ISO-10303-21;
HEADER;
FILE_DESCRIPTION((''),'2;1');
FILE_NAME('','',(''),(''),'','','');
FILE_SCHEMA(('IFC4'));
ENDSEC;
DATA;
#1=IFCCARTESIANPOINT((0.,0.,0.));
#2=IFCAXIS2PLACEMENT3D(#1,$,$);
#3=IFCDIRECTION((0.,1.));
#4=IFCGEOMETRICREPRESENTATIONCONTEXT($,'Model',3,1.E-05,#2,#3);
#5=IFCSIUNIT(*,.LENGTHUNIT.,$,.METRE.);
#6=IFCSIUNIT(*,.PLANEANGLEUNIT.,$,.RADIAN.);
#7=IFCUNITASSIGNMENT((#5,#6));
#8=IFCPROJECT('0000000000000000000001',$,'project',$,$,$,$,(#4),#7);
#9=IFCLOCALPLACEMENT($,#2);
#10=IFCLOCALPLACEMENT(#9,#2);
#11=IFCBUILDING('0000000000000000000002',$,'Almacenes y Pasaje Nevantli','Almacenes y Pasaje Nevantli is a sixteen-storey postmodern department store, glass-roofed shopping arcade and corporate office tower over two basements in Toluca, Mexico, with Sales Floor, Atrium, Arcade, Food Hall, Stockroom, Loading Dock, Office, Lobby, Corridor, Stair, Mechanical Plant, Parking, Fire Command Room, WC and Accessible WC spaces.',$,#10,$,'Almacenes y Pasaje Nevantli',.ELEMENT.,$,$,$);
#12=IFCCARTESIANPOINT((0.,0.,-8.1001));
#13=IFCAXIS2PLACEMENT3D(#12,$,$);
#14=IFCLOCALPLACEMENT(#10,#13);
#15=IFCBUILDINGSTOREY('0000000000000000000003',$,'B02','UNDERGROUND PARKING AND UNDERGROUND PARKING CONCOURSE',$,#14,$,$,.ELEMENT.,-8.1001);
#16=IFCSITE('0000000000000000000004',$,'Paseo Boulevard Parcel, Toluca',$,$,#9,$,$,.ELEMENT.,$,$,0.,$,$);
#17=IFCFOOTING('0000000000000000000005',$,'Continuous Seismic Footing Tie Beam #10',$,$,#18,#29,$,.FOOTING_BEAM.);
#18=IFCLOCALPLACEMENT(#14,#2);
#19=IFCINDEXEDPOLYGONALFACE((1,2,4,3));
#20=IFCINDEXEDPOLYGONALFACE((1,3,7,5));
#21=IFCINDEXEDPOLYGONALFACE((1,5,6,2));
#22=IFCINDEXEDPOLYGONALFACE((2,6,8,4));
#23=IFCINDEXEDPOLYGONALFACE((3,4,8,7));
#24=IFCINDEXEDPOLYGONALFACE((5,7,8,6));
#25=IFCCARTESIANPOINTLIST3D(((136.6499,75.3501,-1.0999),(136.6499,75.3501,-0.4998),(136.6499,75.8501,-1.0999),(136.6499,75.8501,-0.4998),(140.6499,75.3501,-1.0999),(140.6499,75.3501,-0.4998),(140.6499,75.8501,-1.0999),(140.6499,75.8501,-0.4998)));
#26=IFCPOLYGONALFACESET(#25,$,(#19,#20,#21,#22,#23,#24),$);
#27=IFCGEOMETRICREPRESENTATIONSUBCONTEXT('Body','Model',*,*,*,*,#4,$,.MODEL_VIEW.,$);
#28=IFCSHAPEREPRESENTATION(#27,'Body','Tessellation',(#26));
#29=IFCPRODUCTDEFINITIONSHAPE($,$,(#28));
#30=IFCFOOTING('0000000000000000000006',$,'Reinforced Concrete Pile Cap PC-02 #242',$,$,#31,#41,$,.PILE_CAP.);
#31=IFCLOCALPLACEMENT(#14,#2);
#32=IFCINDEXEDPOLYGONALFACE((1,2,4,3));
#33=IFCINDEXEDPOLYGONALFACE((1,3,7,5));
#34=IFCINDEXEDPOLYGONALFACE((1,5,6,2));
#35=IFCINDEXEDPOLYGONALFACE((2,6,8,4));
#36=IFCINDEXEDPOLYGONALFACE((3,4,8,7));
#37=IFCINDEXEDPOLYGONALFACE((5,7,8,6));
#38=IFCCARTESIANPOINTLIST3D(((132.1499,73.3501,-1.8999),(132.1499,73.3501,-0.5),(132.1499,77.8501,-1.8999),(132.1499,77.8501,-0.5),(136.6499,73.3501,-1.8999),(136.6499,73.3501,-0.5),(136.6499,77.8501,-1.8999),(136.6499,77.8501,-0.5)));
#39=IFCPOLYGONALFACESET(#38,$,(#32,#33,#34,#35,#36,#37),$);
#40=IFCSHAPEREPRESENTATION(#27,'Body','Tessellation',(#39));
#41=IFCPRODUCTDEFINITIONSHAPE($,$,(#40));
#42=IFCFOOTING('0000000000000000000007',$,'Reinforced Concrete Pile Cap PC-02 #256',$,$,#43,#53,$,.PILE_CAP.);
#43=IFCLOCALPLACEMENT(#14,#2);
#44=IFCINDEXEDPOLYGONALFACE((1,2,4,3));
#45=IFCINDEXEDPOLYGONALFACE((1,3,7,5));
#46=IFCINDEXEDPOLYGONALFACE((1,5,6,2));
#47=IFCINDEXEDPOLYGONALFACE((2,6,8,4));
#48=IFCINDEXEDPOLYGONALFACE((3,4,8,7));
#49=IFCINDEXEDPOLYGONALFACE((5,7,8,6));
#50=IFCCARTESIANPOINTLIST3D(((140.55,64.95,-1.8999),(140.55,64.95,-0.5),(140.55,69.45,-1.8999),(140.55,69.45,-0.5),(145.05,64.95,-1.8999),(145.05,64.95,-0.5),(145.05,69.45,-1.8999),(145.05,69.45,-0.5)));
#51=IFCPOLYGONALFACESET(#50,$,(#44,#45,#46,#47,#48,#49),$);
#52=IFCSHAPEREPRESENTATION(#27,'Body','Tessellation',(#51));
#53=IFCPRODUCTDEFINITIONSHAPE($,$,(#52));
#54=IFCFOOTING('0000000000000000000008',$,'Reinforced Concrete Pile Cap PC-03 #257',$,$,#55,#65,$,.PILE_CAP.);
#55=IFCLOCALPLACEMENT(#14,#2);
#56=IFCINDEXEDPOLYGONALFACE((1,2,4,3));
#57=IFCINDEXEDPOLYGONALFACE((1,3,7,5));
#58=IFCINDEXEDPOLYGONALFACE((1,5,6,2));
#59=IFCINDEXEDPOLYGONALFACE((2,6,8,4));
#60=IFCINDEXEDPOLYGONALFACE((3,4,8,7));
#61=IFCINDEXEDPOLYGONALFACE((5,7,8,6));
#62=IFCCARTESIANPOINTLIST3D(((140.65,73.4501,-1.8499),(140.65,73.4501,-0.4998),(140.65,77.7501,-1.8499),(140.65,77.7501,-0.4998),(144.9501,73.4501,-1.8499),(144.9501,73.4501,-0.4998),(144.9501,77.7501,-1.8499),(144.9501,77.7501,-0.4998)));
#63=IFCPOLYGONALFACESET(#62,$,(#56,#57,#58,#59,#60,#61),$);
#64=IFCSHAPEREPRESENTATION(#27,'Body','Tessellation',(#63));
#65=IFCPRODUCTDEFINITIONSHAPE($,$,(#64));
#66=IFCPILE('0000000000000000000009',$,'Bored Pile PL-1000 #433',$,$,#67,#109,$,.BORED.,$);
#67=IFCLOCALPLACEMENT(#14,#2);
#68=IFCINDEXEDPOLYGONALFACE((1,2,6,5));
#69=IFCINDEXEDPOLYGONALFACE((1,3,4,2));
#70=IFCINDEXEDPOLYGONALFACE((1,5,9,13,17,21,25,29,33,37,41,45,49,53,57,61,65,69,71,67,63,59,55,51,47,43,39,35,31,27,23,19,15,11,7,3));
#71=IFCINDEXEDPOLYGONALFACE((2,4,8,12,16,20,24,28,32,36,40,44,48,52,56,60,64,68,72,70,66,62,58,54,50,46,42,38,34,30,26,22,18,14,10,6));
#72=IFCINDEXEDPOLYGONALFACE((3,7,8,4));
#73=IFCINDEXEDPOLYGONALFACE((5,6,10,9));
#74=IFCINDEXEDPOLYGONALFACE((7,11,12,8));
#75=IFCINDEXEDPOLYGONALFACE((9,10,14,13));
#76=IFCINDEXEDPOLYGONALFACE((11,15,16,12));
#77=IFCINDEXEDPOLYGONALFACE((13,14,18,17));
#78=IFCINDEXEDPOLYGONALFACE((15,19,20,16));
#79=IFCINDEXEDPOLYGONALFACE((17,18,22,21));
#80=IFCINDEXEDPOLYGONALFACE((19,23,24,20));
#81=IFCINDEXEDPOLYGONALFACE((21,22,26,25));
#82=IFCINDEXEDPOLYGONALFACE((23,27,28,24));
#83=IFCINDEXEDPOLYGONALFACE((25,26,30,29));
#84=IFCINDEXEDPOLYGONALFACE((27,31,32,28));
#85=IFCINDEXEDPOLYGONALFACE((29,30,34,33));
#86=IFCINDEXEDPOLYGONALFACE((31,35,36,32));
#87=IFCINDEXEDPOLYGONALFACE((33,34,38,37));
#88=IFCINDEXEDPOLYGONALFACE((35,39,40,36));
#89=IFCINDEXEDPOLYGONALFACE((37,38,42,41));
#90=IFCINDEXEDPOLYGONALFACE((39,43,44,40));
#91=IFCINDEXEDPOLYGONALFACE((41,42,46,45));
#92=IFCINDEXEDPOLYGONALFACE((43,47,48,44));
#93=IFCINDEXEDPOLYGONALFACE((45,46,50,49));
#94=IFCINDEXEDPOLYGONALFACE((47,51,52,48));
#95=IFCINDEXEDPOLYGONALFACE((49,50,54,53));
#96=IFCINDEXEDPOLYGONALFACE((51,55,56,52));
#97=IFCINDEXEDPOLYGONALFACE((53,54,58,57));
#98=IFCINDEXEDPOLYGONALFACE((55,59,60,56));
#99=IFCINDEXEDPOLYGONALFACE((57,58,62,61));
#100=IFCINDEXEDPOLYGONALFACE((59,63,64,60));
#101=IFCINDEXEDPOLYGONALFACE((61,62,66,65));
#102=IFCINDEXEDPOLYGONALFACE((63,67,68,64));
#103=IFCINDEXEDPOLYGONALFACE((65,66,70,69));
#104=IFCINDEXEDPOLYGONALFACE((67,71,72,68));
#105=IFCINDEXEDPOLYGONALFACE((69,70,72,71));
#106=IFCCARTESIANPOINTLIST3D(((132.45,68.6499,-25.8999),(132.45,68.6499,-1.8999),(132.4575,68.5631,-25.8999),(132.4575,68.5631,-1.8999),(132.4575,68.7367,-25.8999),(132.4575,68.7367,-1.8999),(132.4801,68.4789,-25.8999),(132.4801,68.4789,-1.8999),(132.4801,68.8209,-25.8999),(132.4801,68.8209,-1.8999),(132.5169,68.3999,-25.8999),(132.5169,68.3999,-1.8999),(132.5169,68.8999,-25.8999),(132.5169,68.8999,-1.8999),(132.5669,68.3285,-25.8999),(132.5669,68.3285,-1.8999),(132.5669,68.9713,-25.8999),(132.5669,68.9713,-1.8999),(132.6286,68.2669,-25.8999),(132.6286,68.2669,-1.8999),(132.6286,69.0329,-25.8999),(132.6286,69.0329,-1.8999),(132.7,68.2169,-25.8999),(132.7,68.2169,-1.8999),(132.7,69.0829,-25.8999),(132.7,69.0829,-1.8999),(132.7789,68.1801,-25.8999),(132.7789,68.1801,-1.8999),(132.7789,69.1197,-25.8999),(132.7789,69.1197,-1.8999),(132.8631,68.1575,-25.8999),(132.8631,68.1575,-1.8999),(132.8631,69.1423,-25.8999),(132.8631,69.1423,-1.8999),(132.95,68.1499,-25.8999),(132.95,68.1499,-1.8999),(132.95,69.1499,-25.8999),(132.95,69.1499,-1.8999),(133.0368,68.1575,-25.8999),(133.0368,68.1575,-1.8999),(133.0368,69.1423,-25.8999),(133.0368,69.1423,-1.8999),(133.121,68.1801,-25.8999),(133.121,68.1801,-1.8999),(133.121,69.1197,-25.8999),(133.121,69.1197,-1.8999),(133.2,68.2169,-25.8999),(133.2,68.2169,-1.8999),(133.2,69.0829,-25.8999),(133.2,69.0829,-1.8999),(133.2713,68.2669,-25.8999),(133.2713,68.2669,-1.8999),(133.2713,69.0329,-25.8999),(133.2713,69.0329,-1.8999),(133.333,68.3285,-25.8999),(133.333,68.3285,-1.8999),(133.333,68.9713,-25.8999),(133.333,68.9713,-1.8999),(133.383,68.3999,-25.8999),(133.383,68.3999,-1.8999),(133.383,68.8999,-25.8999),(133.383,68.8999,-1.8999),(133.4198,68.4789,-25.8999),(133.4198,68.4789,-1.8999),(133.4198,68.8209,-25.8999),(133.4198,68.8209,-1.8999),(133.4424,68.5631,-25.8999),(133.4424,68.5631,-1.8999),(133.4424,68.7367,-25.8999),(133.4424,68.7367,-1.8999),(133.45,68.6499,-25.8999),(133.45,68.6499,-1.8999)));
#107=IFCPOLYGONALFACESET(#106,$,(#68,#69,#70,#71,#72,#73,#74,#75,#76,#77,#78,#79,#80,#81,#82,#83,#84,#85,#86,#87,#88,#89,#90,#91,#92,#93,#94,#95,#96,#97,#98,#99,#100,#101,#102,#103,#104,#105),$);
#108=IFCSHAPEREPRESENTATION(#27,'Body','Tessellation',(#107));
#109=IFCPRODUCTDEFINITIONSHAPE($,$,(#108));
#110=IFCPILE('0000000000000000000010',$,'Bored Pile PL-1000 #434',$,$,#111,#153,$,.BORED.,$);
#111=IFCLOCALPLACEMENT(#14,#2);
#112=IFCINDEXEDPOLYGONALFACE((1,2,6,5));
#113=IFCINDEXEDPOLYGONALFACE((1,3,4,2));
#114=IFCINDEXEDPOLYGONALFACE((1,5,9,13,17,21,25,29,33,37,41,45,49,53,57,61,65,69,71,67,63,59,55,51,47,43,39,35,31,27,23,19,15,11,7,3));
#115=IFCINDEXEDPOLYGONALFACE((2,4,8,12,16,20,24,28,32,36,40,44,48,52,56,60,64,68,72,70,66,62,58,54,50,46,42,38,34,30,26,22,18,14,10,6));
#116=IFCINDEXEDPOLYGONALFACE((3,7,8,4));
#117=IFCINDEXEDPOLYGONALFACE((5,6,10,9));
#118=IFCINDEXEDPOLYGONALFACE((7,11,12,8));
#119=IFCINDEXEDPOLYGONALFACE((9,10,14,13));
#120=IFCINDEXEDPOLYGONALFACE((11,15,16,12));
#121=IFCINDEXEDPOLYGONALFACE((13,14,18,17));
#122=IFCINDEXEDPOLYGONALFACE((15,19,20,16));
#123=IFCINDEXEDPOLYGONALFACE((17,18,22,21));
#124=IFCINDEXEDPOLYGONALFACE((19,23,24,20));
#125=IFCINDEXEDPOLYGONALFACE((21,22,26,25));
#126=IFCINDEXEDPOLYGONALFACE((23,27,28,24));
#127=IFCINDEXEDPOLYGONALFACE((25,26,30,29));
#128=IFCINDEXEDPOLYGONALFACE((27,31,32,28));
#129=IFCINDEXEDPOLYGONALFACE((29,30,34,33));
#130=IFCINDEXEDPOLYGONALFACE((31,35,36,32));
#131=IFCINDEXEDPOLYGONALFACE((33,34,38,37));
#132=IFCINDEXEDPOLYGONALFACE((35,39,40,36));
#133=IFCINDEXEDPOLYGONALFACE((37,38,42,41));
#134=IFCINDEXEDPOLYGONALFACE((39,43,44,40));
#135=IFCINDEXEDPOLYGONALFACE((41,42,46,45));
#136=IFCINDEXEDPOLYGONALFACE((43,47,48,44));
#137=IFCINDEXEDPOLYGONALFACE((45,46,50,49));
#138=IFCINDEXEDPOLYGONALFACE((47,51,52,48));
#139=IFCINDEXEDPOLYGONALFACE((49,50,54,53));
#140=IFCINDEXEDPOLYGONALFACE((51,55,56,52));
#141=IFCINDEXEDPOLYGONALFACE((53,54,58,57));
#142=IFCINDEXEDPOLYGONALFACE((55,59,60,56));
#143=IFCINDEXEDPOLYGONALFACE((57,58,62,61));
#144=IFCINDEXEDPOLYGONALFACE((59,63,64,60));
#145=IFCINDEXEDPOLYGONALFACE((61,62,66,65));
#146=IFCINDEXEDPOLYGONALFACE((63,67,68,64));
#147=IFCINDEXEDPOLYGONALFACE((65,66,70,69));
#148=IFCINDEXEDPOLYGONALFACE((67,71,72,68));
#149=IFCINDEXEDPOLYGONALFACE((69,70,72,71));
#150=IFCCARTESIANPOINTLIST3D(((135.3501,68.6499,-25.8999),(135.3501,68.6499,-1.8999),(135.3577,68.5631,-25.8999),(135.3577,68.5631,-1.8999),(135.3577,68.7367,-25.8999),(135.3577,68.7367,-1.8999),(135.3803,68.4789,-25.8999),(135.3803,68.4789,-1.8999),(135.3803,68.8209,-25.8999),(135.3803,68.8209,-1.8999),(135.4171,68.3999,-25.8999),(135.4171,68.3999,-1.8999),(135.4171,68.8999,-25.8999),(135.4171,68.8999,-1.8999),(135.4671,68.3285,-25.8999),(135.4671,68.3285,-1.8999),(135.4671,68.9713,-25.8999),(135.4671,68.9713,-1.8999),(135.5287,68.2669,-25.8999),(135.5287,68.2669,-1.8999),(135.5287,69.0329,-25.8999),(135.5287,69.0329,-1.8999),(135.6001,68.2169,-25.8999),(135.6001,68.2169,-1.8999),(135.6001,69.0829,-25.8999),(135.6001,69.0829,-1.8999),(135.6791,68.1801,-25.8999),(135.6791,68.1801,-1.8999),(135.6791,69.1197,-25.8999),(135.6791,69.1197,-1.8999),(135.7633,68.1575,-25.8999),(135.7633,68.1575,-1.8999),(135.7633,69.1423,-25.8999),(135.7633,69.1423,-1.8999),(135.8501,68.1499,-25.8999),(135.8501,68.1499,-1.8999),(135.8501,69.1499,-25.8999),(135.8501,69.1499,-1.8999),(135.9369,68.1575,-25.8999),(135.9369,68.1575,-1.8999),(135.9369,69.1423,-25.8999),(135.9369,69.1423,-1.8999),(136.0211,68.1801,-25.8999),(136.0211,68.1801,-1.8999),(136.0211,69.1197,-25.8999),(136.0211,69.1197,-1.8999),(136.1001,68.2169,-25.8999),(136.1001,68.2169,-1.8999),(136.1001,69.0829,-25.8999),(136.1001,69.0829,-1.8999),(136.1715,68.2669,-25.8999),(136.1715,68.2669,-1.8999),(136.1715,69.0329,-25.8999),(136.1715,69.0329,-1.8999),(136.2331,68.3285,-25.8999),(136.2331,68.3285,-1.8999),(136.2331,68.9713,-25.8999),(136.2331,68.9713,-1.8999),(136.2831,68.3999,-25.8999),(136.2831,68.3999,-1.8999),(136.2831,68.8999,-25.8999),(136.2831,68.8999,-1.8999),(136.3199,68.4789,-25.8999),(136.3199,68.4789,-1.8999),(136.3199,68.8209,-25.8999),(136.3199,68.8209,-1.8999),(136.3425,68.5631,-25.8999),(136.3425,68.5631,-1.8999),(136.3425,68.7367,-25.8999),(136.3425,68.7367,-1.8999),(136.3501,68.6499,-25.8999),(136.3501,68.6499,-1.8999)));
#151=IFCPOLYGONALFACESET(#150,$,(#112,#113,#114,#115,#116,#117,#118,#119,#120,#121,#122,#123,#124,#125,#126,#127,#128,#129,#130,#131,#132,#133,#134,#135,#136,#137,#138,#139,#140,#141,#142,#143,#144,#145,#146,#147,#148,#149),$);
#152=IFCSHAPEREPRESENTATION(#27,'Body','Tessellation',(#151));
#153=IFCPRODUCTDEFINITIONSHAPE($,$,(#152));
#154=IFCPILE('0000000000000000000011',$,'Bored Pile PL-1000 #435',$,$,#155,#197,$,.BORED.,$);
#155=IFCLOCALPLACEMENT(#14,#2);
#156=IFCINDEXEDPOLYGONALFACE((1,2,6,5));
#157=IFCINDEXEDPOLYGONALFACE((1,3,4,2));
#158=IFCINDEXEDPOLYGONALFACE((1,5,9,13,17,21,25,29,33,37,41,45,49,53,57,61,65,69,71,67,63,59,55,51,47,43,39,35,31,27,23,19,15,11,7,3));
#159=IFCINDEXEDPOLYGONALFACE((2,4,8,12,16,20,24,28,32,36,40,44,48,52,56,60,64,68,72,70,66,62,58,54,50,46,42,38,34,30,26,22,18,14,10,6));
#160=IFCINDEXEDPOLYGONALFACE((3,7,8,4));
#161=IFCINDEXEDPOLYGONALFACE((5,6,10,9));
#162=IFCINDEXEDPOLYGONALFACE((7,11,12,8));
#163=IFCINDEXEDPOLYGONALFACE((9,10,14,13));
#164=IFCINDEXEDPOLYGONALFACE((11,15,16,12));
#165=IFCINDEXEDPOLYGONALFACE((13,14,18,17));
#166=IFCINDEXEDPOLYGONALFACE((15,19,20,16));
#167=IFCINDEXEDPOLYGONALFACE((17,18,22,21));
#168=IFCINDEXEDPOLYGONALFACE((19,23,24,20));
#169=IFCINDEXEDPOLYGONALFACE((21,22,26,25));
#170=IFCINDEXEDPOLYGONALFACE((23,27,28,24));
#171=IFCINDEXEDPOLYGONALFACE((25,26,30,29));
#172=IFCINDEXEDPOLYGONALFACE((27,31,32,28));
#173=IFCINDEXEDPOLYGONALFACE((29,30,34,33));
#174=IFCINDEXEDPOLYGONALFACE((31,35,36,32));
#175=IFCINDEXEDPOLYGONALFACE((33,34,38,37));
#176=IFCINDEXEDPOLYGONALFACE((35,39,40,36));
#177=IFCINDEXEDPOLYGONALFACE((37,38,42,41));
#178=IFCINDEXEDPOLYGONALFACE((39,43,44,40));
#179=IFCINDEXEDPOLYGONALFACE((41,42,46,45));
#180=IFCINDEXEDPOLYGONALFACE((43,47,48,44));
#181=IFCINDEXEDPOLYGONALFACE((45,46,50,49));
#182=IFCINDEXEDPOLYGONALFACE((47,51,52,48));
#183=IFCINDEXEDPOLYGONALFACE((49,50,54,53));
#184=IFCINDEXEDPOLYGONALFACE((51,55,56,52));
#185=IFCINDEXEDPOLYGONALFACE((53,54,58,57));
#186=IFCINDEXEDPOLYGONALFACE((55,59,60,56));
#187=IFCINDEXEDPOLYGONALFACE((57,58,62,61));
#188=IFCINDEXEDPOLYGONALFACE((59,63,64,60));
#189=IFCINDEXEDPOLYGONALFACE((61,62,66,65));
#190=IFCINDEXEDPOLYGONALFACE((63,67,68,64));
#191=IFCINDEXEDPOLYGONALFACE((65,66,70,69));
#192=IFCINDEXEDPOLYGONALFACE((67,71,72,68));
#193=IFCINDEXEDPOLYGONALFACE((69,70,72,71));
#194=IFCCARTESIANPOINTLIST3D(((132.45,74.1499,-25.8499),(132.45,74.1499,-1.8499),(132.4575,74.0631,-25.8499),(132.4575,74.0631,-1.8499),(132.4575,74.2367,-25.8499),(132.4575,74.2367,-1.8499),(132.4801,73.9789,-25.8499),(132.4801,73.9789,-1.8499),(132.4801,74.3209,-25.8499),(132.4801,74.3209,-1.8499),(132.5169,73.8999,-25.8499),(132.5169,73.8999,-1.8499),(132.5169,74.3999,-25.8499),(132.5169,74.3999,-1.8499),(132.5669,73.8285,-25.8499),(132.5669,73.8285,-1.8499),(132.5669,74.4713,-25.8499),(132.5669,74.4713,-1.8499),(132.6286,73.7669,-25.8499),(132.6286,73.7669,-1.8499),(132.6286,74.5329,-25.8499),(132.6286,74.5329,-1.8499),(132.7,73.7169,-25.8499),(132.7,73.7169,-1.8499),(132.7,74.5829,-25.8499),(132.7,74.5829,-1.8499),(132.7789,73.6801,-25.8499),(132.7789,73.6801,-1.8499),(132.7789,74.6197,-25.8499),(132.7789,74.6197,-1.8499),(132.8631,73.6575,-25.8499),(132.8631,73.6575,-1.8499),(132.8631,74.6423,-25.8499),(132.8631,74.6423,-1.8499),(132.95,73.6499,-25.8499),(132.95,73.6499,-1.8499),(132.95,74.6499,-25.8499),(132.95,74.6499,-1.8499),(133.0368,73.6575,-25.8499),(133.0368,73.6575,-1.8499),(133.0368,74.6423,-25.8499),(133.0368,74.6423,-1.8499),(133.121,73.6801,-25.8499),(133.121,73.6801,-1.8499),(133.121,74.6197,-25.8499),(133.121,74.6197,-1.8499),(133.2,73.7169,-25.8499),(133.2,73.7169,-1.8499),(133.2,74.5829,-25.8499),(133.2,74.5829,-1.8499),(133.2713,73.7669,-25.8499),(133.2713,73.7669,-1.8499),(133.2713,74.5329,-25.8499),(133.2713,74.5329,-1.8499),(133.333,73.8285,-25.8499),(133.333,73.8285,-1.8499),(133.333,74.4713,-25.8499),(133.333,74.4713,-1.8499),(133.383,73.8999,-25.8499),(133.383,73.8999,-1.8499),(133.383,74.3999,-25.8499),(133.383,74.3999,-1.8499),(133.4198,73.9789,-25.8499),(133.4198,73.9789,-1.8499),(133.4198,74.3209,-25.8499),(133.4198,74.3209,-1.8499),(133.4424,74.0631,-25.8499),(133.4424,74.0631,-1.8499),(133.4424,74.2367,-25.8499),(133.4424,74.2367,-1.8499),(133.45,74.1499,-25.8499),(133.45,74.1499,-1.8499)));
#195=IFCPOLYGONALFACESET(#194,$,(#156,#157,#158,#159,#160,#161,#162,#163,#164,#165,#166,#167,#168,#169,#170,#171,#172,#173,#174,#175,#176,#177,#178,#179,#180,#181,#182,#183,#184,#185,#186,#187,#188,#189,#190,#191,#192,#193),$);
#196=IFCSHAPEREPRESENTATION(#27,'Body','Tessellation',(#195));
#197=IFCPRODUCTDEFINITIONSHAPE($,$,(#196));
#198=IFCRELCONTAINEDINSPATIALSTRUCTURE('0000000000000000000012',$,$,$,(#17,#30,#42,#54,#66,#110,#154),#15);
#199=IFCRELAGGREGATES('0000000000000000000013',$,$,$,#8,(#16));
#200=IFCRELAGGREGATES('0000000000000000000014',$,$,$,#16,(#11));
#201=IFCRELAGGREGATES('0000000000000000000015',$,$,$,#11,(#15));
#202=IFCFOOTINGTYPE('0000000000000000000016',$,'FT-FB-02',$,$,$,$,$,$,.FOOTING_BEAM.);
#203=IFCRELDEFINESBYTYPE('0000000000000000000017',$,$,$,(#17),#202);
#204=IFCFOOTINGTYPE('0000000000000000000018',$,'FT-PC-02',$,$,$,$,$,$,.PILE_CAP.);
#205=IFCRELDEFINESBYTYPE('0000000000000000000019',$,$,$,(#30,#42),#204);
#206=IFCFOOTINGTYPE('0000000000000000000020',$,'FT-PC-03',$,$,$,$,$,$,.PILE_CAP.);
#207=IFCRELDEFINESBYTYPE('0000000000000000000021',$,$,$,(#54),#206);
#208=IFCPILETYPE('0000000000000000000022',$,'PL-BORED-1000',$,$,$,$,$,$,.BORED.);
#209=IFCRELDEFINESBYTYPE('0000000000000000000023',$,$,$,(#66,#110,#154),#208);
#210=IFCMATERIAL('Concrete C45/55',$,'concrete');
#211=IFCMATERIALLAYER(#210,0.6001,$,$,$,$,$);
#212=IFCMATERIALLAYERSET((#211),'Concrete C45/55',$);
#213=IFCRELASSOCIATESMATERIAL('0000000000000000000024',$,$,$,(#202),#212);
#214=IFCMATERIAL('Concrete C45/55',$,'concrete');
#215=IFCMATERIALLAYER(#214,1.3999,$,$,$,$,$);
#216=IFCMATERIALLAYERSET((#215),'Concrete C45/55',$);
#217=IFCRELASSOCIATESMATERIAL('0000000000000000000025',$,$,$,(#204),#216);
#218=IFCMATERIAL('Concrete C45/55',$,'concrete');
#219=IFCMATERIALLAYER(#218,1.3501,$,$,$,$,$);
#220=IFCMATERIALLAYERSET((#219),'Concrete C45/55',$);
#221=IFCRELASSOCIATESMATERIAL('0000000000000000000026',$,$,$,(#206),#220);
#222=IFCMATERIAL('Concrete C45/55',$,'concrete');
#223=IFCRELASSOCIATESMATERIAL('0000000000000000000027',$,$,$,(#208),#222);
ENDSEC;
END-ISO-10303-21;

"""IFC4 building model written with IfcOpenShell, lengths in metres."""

from ifc_helpers import new_model, si_unit, direction, frame, origin, origin_2d, place, context, subcontext, project, spatial, rectangle, circle, extrude, material, layer, layer_set, material_profile, profile_set, type_object, element, save


model = new_model("IFC4")

# Units and contexts
model_context = context("Model", 3, precision=1e-05, world=origin(), true_north=direction((0.0, 1.0)))
body_context = subcontext(model_context, "Body", "Model", "MODEL_VIEW")
ifc_project = project(units=[si_unit("LENGTHUNIT", "METRE"), si_unit("PLANEANGLEUNIT", "RADIAN")], contexts=[model_context])

# Site, building, storey
site_placement = place(None, origin())
site = spatial("IfcSite", under=ifc_project, at=site_placement, Name="Paseo Boulevard Parcel, Toluca", CompositionType="ELEMENT", RefElevation=0.0)
building_placement = place(site_placement, origin())
building = spatial("IfcBuilding", under=site, at=building_placement, Name="Almacenes y Pasaje Nevantli", Description="Almacenes y Pasaje Nevantli is a sixteen-storey postmodern department store, glass-roofed shopping arcade and corporate office tower over two basements in Toluca, Mexico, with Sales Floor, Atrium, Arcade, Food Hall, Stockroom, Loading Dock, Office, Lobby, Corridor, Stair, Mechanical Plant, Parking, Fire Command Room, WC and Accessible WC spaces.", LongName="Almacenes y Pasaje Nevantli", CompositionType="ELEMENT")
storey_placement = place(building_placement, frame((0.0, 0.0, -8.1001)))
storey = spatial("IfcBuildingStorey", under=building, at=storey_placement, Name="B02", Description="UNDERGROUND PARKING AND UNDERGROUND PARKING CONCOURSE", CompositionType="ELEMENT", Elevation=-8.1001)

# Footings
ifc_material_1 = material(Name="Concrete C45/55", Category="concrete")
ifc_layer_1 = layer(ifc_material_1, 0.6001)
ifc_layer_set_1 = layer_set([ifc_layer_1], Name="Concrete C45/55")
footing_type_1 = type_object("IfcFootingType", Name="FT-FB-02", PredefinedType="FOOTING_BEAM", material=ifc_layer_set_1)
footing_1_placement = place(storey_placement, frame((138.6499, 75.6001, -1.0999), z_axis=(0.0, 0.0, 1.0), x_axis=(1.0, 0.0, 0.0)))
element("IfcFooting", 1, at=footing_1_placement, inside=storey, type_object=footing_type_1, Name="Continuous Seismic Footing Tie Beam #10", PredefinedType="FOOTING_BEAM", context=body_context, shape_type="SweptSolid", body=[
    extrude(rectangle(XDim=4.0, YDim=0.5, at=origin_2d()), origin(), (0.0, 0.0, 1.0), 0.6001),
])
ifc_material_2 = material(Name="Concrete C45/55", Category="concrete")
ifc_layer_2 = layer(ifc_material_2, 1.3999)
ifc_layer_set_2 = layer_set([ifc_layer_2], Name="Concrete C45/55")
footing_type_2 = type_object("IfcFootingType", Name="FT-PC-02", PredefinedType="PILE_CAP", material=ifc_layer_set_2)
for number, where, z_axis, x_axis, name in (
    (2, (134.3999, 75.6001, -1.8999), (0.0, 0.0, 1.0), (1.0, 0.0, 0.0), "Reinforced Concrete Pile Cap PC-02 #242"),
    (3, (142.8, 67.2, -1.8999), (0.0, 0.0, 1.0), (1.0, 0.0, 0.0), "Reinforced Concrete Pile Cap PC-02 #256"),
):
    element("IfcFooting", number, at=place(storey_placement, frame(where, z_axis=z_axis, x_axis=x_axis)), inside=storey, type_object=footing_type_2, Name=name, PredefinedType="PILE_CAP", context=body_context, shape_type="SweptSolid", body=[
        extrude(rectangle(XDim=4.5, YDim=4.5, at=origin_2d()), origin(), (0.0, 0.0, 1.0), 1.3999),
    ])
ifc_material_3 = material(Name="Concrete C45/55", Category="concrete")
ifc_layer_3 = layer(ifc_material_3, 1.3501)
ifc_layer_set_3 = layer_set([ifc_layer_3], Name="Concrete C45/55")
footing_type_3 = type_object("IfcFootingType", Name="FT-PC-03", PredefinedType="PILE_CAP", material=ifc_layer_set_3)
footing_2_placement = place(storey_placement, frame((142.8, 75.6001, -1.8499), z_axis=(0.0, 0.0, 1.0), x_axis=(1.0, 0.0, 0.0)))
element("IfcFooting", 4, at=footing_2_placement, inside=storey, type_object=footing_type_3, Name="Reinforced Concrete Pile Cap PC-03 #257", PredefinedType="PILE_CAP", context=body_context, shape_type="SweptSolid", body=[
    extrude(rectangle(XDim=4.3, YDim=4.3, at=origin_2d()), origin(), (0.0, 0.0, 1.0), 1.3501),
])

# Piles
ifc_material_4 = material(Name="Concrete C45/55", Category="concrete")
ifc_material_profile_1 = material_profile(ifc_material_4, circle(Radius=0.5, at=origin_2d()), Name="RC-PILE-D1000")
ifc_profile_set_1 = profile_set([ifc_material_profile_1], Name="Concrete C45/55")
pile_type = type_object("IfcPileType", Name="PL-BORED-1000", PredefinedType="BORED", material=ifc_profile_set_1)
for number, where, z_axis, x_axis, name in (
    (5, (132.95, 68.6499, -1.8999), (0.0, 0.0, -1.0), (1.0, 0.0, 0.0), "Bored Pile PL-1000 #433"),
    (6, (135.8501, 68.6499, -1.8999), (0.0, 0.0, -1.0), (1.0, 0.0, 0.0), "Bored Pile PL-1000 #434"),
    (7, (132.95, 74.1499, -1.8499), (0.0, 0.0, -1.0), (1.0, 0.0, 0.0), "Bored Pile PL-1000 #435"),
):
    element("IfcPile", number, at=place(storey_placement, frame(where, z_axis=z_axis, x_axis=x_axis)), inside=storey, type_object=pile_type, Name=name, PredefinedType="BORED", context=body_context, shape_type="SweptSolid", body=[
        extrude(circle(Radius=0.5, at=origin_2d()), origin(), (0.0, 0.0, 1.0), 24.0),
    ])

save(model, "model.ifc")
